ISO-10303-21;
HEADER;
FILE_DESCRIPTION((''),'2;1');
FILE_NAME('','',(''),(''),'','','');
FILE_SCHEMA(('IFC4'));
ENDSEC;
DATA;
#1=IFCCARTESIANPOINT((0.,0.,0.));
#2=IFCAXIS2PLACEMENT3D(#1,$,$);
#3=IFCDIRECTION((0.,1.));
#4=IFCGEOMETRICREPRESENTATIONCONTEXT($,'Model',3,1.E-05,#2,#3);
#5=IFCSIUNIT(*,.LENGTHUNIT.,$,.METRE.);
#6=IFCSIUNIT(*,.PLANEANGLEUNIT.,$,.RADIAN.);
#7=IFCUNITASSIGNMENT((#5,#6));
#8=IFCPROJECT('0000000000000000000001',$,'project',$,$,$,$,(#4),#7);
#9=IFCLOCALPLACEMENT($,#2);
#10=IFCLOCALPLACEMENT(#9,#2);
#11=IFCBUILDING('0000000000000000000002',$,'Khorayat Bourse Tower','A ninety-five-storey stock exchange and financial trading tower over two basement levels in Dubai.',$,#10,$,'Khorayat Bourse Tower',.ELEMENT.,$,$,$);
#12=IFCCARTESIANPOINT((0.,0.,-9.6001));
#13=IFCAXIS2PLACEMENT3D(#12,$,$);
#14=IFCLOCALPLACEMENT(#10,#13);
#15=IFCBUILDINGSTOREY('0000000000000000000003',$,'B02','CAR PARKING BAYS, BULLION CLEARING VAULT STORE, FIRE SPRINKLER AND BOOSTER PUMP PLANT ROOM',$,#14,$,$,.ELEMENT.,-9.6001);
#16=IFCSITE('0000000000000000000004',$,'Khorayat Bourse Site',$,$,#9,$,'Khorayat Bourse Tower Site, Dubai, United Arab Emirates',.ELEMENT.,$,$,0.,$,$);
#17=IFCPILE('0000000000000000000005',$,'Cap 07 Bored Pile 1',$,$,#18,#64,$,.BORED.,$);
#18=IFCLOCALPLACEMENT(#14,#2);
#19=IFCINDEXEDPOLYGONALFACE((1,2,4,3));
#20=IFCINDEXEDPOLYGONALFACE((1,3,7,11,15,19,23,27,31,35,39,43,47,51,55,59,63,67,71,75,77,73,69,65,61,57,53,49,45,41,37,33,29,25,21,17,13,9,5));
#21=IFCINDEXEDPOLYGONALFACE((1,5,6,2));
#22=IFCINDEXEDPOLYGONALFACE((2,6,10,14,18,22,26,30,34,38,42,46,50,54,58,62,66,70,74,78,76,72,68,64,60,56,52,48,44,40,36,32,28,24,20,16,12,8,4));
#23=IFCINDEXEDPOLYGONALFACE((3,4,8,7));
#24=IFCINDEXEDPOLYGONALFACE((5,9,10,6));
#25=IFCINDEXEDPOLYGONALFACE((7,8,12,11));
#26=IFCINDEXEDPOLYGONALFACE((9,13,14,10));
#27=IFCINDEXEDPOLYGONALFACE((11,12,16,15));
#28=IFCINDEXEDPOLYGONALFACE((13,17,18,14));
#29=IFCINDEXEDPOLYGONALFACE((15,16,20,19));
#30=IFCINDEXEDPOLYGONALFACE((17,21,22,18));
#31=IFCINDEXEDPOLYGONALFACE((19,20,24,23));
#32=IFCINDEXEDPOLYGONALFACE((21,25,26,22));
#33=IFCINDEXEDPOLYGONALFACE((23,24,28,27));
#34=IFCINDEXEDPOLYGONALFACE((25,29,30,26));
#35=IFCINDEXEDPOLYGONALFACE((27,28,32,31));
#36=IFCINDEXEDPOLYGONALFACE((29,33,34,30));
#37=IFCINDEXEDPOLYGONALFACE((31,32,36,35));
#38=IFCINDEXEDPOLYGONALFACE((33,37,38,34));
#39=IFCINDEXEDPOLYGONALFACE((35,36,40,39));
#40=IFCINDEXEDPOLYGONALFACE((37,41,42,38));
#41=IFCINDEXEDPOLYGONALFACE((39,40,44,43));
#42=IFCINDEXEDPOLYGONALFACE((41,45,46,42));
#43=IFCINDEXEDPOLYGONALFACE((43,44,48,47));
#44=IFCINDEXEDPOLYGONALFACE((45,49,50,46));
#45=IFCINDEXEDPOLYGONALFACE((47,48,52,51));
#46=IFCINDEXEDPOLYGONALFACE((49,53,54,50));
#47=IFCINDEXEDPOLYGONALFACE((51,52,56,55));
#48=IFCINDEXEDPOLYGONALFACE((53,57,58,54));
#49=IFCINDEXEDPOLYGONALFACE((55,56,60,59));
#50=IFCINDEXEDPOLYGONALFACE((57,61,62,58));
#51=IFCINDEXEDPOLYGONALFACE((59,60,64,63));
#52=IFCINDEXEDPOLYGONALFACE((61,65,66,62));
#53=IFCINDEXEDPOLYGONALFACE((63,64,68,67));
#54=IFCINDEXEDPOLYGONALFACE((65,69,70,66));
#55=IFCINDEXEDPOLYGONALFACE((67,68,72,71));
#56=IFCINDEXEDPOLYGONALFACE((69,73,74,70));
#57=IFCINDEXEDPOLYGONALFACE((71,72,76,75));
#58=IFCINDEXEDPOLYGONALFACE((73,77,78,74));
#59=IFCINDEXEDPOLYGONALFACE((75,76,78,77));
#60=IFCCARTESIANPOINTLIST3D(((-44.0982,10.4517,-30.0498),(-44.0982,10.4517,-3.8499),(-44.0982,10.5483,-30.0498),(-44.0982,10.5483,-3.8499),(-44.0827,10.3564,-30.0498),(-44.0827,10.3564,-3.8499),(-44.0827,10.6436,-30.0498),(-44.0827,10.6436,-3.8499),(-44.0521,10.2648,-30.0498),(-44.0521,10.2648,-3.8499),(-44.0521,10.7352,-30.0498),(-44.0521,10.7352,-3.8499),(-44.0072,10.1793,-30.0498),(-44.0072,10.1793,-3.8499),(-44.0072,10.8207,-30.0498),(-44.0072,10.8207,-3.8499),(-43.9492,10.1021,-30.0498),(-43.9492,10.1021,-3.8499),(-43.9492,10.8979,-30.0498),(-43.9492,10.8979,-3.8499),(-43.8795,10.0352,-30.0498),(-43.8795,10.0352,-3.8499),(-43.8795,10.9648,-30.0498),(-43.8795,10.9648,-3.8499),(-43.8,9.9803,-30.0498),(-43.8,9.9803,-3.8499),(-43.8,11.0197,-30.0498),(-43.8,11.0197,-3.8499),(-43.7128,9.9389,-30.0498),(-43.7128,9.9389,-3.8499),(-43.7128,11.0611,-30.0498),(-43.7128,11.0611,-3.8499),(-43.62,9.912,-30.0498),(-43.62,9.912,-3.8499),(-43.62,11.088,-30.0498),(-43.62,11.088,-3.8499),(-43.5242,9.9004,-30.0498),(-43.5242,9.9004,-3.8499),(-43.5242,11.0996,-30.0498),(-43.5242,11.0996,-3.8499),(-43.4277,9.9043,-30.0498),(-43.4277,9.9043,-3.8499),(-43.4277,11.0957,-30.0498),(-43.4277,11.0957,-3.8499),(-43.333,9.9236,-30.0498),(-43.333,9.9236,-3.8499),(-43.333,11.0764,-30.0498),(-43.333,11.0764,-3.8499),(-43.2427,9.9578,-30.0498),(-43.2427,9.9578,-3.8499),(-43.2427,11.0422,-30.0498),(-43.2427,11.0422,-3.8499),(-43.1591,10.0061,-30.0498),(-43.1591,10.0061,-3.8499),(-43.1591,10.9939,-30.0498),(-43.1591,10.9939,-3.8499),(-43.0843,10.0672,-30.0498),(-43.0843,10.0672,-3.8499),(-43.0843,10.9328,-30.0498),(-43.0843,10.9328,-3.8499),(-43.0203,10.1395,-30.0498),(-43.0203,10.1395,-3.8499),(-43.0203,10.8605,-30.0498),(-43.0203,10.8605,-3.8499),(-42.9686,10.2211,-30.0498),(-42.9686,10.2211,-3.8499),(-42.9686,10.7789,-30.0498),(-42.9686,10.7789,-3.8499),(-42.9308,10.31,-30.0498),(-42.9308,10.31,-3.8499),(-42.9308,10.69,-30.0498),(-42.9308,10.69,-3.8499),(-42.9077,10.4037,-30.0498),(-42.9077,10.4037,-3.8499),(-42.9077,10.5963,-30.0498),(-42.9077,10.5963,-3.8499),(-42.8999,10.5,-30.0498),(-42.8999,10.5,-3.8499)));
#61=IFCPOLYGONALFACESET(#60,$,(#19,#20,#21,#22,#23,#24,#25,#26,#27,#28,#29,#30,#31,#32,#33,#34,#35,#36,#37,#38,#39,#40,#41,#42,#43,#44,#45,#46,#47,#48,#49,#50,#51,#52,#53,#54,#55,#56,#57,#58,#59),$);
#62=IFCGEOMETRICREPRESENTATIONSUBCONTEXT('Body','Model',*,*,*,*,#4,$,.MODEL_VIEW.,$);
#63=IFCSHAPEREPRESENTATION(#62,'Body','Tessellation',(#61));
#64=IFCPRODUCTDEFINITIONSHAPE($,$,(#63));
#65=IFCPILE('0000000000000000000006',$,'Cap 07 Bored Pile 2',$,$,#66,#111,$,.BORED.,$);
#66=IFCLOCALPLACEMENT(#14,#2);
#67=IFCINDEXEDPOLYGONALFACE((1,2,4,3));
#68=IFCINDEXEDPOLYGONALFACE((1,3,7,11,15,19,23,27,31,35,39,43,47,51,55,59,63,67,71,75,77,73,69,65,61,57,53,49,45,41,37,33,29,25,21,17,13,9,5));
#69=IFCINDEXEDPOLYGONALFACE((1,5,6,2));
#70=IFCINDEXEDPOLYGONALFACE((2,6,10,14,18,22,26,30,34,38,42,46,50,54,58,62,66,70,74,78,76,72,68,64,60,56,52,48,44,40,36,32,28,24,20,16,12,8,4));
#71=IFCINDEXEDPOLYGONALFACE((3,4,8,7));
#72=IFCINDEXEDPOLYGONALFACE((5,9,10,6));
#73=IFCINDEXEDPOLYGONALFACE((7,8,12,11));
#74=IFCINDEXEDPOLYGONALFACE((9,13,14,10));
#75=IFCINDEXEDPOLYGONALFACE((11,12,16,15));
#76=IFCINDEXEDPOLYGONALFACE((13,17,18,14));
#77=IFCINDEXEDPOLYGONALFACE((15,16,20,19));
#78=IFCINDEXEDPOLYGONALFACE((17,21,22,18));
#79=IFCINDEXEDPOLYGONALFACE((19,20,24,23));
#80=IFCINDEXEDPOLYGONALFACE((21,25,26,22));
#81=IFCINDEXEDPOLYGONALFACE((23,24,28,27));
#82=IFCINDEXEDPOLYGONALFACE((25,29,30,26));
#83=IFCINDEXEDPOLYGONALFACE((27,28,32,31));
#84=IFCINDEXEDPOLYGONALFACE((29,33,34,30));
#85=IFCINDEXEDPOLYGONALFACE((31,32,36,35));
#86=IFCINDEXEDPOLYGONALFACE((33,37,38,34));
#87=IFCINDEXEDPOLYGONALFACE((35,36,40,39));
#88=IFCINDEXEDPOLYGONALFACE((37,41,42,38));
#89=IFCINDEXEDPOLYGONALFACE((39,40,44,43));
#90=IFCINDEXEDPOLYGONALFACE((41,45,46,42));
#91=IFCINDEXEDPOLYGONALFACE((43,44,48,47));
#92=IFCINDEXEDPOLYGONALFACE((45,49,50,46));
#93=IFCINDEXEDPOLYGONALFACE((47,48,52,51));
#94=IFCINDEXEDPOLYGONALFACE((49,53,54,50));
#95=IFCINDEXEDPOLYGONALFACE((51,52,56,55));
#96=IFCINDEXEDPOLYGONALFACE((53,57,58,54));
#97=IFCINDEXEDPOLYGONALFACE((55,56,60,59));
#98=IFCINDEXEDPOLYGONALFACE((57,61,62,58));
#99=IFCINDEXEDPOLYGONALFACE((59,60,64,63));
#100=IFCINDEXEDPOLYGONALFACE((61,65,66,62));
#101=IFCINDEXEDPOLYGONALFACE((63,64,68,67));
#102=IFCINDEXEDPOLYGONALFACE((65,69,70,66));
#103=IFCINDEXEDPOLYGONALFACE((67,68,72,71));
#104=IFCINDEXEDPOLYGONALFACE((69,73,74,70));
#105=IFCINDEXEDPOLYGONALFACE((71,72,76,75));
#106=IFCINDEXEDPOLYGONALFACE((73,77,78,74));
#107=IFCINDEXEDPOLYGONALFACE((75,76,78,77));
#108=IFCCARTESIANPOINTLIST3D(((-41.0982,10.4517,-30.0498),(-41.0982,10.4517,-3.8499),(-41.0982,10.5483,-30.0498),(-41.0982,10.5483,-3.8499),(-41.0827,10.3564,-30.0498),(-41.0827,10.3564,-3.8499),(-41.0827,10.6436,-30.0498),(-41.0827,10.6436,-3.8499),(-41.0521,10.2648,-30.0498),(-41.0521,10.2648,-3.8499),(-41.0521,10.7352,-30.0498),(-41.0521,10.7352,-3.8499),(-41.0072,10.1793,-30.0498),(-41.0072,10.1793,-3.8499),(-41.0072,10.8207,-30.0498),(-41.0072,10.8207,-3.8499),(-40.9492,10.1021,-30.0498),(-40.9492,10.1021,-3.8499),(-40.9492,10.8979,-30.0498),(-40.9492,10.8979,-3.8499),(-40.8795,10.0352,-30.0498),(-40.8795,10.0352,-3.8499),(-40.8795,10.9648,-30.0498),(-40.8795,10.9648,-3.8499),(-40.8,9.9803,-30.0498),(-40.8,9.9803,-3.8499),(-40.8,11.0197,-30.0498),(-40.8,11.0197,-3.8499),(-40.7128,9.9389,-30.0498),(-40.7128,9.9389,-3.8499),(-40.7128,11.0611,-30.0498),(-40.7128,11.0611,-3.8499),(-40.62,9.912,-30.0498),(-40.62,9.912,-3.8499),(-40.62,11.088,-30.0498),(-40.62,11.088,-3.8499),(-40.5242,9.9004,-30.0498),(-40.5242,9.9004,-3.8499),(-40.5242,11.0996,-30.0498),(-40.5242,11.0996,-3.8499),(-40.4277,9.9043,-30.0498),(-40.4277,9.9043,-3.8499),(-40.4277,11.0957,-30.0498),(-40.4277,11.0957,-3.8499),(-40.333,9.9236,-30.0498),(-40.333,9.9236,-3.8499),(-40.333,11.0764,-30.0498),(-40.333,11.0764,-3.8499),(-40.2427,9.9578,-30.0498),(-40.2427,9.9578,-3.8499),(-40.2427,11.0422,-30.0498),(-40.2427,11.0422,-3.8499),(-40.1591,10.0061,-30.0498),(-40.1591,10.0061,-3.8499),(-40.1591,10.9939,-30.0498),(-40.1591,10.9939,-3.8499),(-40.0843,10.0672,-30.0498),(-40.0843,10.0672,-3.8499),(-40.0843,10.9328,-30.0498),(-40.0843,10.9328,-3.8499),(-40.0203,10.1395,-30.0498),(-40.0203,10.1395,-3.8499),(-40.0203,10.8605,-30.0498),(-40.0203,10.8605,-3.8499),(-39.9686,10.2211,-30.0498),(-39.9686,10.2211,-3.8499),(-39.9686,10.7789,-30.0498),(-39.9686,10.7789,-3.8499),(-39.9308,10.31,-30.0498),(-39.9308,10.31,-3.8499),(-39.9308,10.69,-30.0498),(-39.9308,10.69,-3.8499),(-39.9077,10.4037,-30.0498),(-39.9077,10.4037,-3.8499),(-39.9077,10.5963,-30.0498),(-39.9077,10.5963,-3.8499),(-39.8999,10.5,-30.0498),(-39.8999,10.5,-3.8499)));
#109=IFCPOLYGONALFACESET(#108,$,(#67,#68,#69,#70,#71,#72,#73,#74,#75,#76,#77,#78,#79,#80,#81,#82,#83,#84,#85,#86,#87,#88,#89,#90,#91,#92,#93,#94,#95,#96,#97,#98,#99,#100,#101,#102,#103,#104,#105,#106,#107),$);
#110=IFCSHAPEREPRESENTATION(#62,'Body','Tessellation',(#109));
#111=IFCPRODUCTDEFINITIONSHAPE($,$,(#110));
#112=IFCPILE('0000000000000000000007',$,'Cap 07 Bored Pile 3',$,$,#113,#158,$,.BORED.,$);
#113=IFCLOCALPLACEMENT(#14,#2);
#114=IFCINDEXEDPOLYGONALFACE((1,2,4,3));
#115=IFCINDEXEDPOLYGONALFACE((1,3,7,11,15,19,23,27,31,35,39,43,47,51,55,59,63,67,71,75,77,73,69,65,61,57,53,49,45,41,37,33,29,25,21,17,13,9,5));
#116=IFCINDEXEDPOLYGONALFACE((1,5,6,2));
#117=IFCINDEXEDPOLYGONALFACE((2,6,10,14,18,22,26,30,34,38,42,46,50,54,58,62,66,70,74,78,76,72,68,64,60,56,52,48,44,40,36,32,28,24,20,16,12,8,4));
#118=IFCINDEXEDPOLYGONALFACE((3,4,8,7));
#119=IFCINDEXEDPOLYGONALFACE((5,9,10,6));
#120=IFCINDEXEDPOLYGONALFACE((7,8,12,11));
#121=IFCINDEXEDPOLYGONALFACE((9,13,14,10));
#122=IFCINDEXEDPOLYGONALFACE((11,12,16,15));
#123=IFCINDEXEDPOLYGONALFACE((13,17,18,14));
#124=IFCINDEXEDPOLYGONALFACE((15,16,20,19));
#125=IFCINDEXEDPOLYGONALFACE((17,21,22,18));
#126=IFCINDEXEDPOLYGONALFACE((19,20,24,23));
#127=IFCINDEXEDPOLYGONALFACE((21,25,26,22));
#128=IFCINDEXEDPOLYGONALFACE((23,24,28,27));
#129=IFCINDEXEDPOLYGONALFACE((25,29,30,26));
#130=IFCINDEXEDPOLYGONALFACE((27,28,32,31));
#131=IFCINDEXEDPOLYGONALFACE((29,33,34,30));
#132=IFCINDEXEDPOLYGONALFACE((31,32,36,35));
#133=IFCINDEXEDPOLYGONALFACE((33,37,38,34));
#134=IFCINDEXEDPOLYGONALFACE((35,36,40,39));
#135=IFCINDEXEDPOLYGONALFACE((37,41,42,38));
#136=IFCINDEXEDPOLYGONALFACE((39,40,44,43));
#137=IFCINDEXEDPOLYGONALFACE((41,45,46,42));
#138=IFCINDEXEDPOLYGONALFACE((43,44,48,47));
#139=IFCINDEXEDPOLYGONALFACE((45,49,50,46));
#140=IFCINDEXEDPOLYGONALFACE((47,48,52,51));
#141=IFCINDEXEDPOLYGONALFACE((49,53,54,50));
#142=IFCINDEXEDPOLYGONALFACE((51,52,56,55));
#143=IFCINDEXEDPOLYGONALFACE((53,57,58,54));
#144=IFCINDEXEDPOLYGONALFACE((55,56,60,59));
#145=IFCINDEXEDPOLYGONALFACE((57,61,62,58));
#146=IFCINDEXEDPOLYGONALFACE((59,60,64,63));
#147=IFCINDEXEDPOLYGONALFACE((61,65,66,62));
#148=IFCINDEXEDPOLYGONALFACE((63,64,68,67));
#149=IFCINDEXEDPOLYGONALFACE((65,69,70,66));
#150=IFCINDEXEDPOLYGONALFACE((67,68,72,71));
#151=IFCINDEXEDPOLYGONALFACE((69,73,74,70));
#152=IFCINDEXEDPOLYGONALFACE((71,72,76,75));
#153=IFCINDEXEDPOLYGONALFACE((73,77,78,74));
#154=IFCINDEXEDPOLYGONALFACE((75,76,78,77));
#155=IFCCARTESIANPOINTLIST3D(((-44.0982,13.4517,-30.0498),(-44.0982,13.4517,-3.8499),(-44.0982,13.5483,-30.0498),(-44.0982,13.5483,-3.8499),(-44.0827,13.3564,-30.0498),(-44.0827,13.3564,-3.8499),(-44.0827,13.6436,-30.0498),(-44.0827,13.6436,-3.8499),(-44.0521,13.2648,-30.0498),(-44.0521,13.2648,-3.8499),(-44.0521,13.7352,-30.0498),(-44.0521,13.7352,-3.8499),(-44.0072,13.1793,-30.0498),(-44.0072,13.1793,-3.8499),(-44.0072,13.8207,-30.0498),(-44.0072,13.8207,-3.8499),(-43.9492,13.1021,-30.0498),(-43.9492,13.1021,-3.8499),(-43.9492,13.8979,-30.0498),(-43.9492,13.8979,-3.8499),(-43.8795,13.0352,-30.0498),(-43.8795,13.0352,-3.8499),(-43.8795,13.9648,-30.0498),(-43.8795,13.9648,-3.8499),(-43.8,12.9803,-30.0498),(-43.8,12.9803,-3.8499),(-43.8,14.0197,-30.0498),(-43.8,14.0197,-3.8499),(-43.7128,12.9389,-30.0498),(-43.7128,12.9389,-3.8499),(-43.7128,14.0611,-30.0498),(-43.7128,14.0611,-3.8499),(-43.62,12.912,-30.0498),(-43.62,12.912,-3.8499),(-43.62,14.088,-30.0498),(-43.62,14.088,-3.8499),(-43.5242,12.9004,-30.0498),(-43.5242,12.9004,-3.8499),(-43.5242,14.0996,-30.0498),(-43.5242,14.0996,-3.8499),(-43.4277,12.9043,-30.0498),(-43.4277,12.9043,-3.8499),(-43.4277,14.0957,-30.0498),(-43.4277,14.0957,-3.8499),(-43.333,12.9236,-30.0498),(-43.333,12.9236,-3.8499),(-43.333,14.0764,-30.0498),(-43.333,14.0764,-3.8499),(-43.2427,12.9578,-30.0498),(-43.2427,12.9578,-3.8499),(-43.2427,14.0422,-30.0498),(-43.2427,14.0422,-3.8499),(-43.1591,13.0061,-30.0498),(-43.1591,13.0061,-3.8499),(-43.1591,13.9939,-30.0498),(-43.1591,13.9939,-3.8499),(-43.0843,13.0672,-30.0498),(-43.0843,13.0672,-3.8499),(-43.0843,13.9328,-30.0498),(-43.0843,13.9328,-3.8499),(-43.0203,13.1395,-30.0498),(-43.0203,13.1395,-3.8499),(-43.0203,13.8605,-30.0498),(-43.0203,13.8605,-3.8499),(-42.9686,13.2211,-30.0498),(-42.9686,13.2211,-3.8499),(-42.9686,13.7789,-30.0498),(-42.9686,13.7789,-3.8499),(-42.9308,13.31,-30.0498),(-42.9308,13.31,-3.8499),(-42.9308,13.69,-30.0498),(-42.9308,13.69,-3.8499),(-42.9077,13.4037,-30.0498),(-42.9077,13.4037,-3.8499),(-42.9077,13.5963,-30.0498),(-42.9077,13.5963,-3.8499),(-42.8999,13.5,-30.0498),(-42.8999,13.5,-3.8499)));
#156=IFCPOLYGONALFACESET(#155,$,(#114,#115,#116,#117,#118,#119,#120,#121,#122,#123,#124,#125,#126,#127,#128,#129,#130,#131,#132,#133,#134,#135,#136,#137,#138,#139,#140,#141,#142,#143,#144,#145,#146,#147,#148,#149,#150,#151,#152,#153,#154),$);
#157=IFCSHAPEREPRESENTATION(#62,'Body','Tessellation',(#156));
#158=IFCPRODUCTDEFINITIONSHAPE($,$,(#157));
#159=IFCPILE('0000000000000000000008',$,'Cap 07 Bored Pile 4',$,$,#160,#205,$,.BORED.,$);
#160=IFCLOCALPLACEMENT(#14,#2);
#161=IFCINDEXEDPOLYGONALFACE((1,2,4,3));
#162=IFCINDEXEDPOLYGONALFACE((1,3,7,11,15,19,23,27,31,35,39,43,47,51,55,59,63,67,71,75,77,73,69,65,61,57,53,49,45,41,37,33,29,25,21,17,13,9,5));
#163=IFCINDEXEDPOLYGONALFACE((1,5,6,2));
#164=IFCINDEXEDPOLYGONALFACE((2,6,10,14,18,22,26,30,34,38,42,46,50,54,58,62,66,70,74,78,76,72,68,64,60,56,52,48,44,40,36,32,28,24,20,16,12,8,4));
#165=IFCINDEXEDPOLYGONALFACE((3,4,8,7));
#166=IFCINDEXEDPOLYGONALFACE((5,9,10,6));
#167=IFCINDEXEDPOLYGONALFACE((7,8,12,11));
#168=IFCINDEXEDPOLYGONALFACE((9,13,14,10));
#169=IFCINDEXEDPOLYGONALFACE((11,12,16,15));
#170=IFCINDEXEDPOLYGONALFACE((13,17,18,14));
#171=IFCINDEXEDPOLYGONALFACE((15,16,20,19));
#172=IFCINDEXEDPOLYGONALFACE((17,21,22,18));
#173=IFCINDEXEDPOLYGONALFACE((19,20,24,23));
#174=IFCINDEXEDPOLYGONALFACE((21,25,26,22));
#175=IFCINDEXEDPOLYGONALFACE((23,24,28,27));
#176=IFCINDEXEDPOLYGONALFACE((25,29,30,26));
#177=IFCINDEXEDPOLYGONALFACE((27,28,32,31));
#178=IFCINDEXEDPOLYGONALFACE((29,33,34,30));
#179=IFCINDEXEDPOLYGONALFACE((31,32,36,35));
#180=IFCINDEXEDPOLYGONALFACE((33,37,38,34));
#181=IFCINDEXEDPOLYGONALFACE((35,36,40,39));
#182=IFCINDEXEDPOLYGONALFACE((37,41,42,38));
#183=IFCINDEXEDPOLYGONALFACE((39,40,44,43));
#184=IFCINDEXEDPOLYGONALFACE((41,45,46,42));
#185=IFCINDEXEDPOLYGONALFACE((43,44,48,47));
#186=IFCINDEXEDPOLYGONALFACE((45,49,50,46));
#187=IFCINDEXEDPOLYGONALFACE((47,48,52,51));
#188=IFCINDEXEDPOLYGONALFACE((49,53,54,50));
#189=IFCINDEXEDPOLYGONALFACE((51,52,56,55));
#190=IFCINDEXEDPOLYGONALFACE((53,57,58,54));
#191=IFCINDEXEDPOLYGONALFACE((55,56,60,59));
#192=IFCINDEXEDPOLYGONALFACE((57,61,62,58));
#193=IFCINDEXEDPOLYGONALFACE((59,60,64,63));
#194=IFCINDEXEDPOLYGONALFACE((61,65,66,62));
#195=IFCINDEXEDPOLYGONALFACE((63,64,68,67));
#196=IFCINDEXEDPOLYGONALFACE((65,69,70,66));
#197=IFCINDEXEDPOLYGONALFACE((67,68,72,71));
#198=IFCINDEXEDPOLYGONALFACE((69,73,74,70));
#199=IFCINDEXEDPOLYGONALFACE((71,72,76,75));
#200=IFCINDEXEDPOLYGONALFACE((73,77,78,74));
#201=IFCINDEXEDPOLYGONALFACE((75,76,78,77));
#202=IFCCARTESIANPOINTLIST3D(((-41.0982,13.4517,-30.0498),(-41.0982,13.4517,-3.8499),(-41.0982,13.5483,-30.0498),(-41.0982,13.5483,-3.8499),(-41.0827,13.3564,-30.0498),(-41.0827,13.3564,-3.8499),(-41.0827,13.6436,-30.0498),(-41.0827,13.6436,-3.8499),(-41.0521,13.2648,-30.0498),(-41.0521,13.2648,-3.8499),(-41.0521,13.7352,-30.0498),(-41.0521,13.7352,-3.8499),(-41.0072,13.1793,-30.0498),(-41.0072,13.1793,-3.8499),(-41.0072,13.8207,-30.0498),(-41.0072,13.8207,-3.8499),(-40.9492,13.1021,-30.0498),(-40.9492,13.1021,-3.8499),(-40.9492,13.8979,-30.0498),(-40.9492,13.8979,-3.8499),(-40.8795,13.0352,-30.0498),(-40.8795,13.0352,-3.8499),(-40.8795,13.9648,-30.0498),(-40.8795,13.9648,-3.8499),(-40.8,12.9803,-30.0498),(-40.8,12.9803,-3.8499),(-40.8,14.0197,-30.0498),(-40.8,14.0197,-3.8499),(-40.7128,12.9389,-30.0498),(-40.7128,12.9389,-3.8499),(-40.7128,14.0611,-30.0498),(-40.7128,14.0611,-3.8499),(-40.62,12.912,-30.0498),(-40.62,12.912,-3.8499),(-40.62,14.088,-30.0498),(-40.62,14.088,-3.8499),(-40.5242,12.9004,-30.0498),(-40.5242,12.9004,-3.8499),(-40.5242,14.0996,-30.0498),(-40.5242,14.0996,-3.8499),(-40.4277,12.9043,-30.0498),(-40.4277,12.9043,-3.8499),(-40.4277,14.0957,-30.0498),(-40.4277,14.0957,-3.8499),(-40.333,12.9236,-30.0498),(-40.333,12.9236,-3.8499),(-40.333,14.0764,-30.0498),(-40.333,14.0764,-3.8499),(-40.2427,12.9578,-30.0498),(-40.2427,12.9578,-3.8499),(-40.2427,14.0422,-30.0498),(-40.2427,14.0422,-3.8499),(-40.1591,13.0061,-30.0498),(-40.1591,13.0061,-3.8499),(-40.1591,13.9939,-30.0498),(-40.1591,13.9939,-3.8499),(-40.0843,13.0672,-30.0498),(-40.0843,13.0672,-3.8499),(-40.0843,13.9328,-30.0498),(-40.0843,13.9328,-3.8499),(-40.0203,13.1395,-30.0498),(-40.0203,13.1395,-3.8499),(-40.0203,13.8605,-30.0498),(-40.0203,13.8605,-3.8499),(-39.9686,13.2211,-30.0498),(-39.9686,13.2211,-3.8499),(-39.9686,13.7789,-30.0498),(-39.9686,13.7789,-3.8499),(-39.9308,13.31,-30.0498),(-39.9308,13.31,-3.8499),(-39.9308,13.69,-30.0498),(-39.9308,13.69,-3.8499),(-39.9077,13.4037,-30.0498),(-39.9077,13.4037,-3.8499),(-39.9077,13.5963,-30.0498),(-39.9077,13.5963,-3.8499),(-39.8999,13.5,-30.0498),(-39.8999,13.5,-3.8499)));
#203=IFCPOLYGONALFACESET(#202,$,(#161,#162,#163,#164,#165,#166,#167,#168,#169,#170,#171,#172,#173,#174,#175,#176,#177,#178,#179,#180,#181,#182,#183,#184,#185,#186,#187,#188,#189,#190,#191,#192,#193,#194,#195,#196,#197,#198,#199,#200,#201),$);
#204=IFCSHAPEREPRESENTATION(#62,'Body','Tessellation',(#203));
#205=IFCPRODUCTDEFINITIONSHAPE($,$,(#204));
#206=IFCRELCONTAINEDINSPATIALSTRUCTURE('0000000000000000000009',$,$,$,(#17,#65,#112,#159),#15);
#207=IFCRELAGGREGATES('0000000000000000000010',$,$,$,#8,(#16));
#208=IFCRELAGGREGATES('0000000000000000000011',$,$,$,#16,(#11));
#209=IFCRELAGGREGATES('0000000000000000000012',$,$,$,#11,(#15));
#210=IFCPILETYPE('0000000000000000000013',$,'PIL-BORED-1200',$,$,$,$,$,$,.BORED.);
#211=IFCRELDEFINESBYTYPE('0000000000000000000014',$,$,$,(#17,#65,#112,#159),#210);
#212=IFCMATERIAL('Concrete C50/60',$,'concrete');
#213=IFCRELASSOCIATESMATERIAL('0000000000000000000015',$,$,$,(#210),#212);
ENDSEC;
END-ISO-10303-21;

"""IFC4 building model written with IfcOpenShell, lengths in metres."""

from ifc_helpers import new_model, si_unit, direction, frame, origin, origin_2d, place, context, subcontext, project, spatial, circle, extrude, source, transform, mapped, material, material_profile, profile_set, type_object, element, save


model = new_model("IFC4")

# Units and contexts
model_context = context("Model", 3, precision=1e-05, world=origin(), true_north=direction((0.0, 1.0)))
body_context = subcontext(model_context, "Body", "Model", "MODEL_VIEW")
ifc_project = project(units=[si_unit("LENGTHUNIT", "METRE"), si_unit("PLANEANGLEUNIT", "RADIAN")], contexts=[model_context])

# Site, building, storey
site_placement = place(None, origin())
site = spatial("IfcSite", under=ifc_project, at=site_placement, Name="Khorayat Bourse Site", LongName="Khorayat Bourse Tower Site, Dubai, United Arab Emirates", CompositionType="ELEMENT", RefElevation=0.0)
building_placement = place(site_placement, origin())
building = spatial("IfcBuilding", under=site, at=building_placement, Name="Khorayat Bourse Tower", Description="A ninety-five-storey stock exchange and financial trading tower over two basement levels in Dubai.", LongName="Khorayat Bourse Tower", CompositionType="ELEMENT")
storey_placement = place(building_placement, frame((0.0, 0.0, -9.6001)))
storey = spatial("IfcBuildingStorey", under=building, at=storey_placement, Name="B02", Description="CAR PARKING BAYS, BULLION CLEARING VAULT STORE, FIRE SPRINKLER AND BOOSTER PUMP PLANT ROOM", CompositionType="ELEMENT", Elevation=-9.6001)

# Shared definitions
ifc_material_1 = material(Name="Concrete C50/60", Category="concrete")

# Piles
ifc_material_profile_1 = material_profile(ifc_material_1, circle(Radius=0.6001, at=origin_2d()), Name="BORED PILE D1200")
ifc_profile_set_1 = profile_set([ifc_material_profile_1], Name="Concrete C50/60")
pile_type_1 = type_object("IfcPileType", Name="PIL-BORED-1200", PredefinedType="BORED", material=ifc_profile_set_1)
shared_shape_1 = source(origin(), body_context, "Body", "SweptSolid", [
    extrude(circle(Radius=0.6001, at=origin_2d()), origin(), (0.0, 0.0, 1.0), 26.2),
])
for number, where, z_axis, x_axis, name in (
    (1, (-43.5, 10.5, -3.8499), (0.0, 0.0, -1.0), (1.0, 0.0, 0.0), "Cap 07 Bored Pile 1"),
    (2, (-40.5, 10.5, -3.8499), (0.0, 0.0, -1.0), (1.0, 0.0, 0.0), "Cap 07 Bored Pile 2"),
    (3, (-43.5, 13.5, -3.8499), (0.0, 0.0, -1.0), (1.0, 0.0, 0.0), "Cap 07 Bored Pile 3"),
    (4, (-40.5, 13.5, -3.8499), (0.0, 0.0, -1.0), (1.0, 0.0, 0.0), "Cap 07 Bored Pile 4"),
):
    element("IfcPile", number, at=place(storey_placement, frame(where, z_axis=z_axis, x_axis=x_axis)), inside=storey, type_object=pile_type_1, Name=name, PredefinedType="BORED", context=body_context, shape_type="MappedRepresentation", body=[
        mapped(shared_shape_1, transform((0.0, 0.0, 0.0), scale=1.0)),
    ])

save(model, "model.ifc")
